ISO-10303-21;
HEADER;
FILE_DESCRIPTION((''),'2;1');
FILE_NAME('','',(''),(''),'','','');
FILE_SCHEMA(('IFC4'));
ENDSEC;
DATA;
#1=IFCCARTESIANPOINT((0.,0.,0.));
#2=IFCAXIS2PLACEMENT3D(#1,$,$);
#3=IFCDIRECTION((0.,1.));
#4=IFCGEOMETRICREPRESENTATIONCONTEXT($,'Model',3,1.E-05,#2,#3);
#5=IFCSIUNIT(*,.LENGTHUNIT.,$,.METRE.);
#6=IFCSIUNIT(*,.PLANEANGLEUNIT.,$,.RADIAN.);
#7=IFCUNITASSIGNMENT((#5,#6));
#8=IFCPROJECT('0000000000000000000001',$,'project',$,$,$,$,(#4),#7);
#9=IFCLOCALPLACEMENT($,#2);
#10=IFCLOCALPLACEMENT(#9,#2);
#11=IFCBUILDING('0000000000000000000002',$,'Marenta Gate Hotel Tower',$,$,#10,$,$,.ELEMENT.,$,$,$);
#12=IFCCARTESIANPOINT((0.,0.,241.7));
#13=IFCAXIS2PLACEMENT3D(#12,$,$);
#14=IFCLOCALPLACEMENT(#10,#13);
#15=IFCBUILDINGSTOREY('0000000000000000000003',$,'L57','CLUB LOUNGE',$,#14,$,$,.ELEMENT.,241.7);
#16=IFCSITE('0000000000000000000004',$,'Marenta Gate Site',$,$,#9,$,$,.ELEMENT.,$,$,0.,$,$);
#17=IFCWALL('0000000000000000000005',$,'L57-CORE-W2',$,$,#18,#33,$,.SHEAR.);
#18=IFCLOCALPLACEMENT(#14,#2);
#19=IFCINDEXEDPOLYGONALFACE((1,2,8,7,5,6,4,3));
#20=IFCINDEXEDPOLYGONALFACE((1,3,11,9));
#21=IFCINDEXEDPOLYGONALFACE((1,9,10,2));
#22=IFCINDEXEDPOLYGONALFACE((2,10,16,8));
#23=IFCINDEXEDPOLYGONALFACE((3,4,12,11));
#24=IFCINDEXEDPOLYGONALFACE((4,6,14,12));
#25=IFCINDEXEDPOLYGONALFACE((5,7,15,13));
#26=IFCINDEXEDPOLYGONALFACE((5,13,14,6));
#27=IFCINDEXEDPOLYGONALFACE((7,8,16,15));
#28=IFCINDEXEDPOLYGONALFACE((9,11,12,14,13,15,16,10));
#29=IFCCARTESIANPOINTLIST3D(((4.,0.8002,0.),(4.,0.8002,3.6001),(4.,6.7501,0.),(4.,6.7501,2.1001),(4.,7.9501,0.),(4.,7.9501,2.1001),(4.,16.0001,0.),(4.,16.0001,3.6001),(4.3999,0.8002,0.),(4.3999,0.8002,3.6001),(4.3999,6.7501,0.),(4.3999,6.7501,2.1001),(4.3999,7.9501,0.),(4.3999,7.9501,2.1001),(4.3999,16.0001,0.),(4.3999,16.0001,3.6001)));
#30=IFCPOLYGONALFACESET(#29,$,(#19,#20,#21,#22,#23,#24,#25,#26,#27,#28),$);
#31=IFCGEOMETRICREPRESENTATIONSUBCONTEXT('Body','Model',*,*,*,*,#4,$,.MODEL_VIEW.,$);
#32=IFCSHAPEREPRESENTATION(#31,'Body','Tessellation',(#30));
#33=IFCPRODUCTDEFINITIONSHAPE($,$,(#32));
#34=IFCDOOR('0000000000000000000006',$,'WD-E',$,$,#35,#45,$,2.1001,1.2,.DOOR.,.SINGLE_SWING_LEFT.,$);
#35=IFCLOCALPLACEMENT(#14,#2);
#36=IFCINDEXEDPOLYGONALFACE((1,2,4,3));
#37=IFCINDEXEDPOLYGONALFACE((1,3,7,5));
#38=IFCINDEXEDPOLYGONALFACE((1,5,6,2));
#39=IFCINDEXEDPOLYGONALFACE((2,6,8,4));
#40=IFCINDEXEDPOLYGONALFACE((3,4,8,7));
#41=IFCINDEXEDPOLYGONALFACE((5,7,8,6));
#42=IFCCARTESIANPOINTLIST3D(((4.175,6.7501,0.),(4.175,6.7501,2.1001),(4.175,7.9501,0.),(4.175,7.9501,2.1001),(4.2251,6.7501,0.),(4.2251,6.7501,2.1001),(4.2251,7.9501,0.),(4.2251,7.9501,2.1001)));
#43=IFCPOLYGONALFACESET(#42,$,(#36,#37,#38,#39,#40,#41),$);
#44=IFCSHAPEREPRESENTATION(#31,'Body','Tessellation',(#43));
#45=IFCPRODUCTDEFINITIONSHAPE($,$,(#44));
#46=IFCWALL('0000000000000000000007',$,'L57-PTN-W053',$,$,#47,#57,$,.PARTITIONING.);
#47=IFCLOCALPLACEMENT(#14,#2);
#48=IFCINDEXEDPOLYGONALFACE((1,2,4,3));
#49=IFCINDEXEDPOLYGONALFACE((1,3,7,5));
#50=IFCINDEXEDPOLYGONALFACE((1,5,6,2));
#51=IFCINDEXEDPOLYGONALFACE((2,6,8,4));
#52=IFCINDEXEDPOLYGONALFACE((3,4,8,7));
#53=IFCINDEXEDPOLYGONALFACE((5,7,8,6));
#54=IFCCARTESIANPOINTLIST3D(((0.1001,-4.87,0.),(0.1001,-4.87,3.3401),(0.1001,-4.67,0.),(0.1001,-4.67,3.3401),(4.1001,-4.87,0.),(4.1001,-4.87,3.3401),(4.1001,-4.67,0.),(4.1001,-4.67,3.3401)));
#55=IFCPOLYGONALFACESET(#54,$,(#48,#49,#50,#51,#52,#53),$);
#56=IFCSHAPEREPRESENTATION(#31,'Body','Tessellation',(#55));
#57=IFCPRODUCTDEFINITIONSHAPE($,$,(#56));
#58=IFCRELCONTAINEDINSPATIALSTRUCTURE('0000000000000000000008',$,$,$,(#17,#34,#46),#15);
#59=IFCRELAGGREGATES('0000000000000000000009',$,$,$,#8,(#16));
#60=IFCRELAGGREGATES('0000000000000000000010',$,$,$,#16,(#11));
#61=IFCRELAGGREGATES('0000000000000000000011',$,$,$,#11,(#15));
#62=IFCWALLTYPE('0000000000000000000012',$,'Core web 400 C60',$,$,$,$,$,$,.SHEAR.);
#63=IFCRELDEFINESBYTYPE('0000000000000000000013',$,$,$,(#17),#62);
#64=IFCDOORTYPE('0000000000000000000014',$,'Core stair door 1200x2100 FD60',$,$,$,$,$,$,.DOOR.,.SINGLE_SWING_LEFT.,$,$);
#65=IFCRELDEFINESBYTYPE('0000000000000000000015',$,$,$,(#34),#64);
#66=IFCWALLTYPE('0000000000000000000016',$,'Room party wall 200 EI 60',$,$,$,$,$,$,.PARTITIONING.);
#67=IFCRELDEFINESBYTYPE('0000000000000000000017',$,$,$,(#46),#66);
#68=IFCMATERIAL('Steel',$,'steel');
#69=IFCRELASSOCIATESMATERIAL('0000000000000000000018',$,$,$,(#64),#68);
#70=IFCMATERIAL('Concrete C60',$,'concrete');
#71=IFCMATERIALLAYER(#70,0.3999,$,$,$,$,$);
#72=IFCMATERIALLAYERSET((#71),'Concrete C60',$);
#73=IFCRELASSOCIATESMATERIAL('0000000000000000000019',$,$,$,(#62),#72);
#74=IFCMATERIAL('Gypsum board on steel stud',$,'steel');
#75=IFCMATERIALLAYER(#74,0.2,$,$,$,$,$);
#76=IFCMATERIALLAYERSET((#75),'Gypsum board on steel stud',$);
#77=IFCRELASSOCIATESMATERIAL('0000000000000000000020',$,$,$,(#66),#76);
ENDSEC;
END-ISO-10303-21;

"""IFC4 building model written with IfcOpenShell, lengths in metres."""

from ifc_helpers import new_model, si_unit, direction, frame, frame_2d, origin, place, context, subcontext, project, spatial, rectangle, extrude, material, layer, layer_set, type_object, element, fill, save


model = new_model("IFC4")

# Units and contexts
model_context = context("Model", 3, precision=1e-05, world=origin(), true_north=direction((0.0, 1.0)))
body_context = subcontext(model_context, "Body", "Model", "MODEL_VIEW")
ifc_project = project(units=[si_unit("LENGTHUNIT", "METRE"), si_unit("PLANEANGLEUNIT", "RADIAN")], contexts=[model_context])

# Site, building, storey
site_placement = place(None, origin())
site = spatial("IfcSite", under=ifc_project, at=site_placement, Name="Marenta Gate Site", CompositionType="ELEMENT", RefElevation=0.0)
building_placement = place(site_placement, origin())
building = spatial("IfcBuilding", under=site, at=building_placement, Name="Marenta Gate Hotel Tower", CompositionType="ELEMENT")
storey_placement = place(building_placement, frame((0.0, 0.0, 241.7)))
storey = spatial("IfcBuildingStorey", under=building, at=storey_placement, Name="L57", Description="CLUB LOUNGE", CompositionType="ELEMENT", Elevation=241.7)

# Shared definitions
ifc_material_1 = material(Name="Steel", Category="steel")
door_type_1 = type_object("IfcDoorType", Name="Core stair door 1200x2100 FD60", OperationType="SINGLE_SWING_LEFT", PredefinedType="DOOR", material=ifc_material_1)

# Wall, opening, door
ifc_material_2 = material(Name="Concrete C60", Category="concrete")
ifc_layer_1 = layer(ifc_material_2, 0.3999)
ifc_layer_set_1 = layer_set([ifc_layer_1], Name="Concrete C60")
wall_type_1 = type_object("IfcWallType", Name="Core web 400 C60", PredefinedType="SHEAR", material=ifc_layer_set_1)
wall_1_placement = place(storey_placement, frame((4.2, 0.8, 0.0), z_axis=(0.0, 0.0, 1.0), x_axis=(0.0, 1.0, 0.0)))
wall_1 = element("IfcWall", 1, at=wall_1_placement, inside=storey, type_object=wall_type_1, Name="L57-CORE-W2", PredefinedType="SHEAR", context=body_context, shape_type="SweptSolid", body=[
    extrude(rectangle(XDim=15.2, YDim=0.3999, at=frame_2d((7.6001, 0.0))), origin(), (0.0, 0.0, 1.0), 3.6001),
])
opening_1_placement = place(wall_1_placement, frame((5.95, 0.0, 0.0)))
opening_1 = element("IfcOpeningElement", 2, at=opening_1_placement, cuts=wall_1, PredefinedType="OPENING", context=body_context, shape_type="SweptSolid", body=[
    extrude(rectangle(XDim=1.2, YDim=2.1001, at=frame_2d((0.6001, 1.05))), frame((0.0, 0.2, 0.0), z_axis=(0.0, -1.0, 0.0), x_axis=(1.0, 0.0, 0.0)), (0.0, 0.0, 1.0), 0.3999),
])
door_1_placement = place(opening_1_placement, origin())
door_1 = element("IfcDoor", 3, at=door_1_placement, inside=storey, type_object=door_type_1, Name="WD-E", OperationType="SINGLE_SWING_LEFT", OverallHeight=2.1001, OverallWidth=1.2, PredefinedType="DOOR", context=body_context, shape_type="SweptSolid", body=[
    extrude(rectangle(XDim=1.2, YDim=2.1001, at=frame_2d((0.6001, 1.05))), frame((0.0, 0.0249, 0.0), z_axis=(0.0, -1.0, 0.0), x_axis=(1.0, 0.0, 0.0)), (0.0, 0.0, 1.0), 0.05),
])
fill(opening_1, door_1)

# Wall
ifc_material_3 = material(Name="Gypsum board on steel stud", Category="steel")
ifc_layer_2 = layer(ifc_material_3, 0.2)
ifc_layer_set_2 = layer_set([ifc_layer_2], Name="Gypsum board on steel stud")
wall_type_2 = type_object("IfcWallType", Name="Room party wall 200 EI 60", PredefinedType="PARTITIONING", material=ifc_layer_set_2)
wall_2_placement = place(storey_placement, frame((0.1001, -4.77, 0.0), z_axis=(0.0, 0.0, 1.0), x_axis=(1.0, 0.0, 0.0)))
element("IfcWall", 4, at=wall_2_placement, inside=storey, type_object=wall_type_2, Name="L57-PTN-W053", PredefinedType="PARTITIONING", context=body_context, shape_type="SweptSolid", body=[
    extrude(rectangle(XDim=4.0, YDim=0.2, at=frame_2d((2.0, 0.0))), origin(), (0.0, 0.0, 1.0), 3.3401),
])

save(model, "model.ifc")
